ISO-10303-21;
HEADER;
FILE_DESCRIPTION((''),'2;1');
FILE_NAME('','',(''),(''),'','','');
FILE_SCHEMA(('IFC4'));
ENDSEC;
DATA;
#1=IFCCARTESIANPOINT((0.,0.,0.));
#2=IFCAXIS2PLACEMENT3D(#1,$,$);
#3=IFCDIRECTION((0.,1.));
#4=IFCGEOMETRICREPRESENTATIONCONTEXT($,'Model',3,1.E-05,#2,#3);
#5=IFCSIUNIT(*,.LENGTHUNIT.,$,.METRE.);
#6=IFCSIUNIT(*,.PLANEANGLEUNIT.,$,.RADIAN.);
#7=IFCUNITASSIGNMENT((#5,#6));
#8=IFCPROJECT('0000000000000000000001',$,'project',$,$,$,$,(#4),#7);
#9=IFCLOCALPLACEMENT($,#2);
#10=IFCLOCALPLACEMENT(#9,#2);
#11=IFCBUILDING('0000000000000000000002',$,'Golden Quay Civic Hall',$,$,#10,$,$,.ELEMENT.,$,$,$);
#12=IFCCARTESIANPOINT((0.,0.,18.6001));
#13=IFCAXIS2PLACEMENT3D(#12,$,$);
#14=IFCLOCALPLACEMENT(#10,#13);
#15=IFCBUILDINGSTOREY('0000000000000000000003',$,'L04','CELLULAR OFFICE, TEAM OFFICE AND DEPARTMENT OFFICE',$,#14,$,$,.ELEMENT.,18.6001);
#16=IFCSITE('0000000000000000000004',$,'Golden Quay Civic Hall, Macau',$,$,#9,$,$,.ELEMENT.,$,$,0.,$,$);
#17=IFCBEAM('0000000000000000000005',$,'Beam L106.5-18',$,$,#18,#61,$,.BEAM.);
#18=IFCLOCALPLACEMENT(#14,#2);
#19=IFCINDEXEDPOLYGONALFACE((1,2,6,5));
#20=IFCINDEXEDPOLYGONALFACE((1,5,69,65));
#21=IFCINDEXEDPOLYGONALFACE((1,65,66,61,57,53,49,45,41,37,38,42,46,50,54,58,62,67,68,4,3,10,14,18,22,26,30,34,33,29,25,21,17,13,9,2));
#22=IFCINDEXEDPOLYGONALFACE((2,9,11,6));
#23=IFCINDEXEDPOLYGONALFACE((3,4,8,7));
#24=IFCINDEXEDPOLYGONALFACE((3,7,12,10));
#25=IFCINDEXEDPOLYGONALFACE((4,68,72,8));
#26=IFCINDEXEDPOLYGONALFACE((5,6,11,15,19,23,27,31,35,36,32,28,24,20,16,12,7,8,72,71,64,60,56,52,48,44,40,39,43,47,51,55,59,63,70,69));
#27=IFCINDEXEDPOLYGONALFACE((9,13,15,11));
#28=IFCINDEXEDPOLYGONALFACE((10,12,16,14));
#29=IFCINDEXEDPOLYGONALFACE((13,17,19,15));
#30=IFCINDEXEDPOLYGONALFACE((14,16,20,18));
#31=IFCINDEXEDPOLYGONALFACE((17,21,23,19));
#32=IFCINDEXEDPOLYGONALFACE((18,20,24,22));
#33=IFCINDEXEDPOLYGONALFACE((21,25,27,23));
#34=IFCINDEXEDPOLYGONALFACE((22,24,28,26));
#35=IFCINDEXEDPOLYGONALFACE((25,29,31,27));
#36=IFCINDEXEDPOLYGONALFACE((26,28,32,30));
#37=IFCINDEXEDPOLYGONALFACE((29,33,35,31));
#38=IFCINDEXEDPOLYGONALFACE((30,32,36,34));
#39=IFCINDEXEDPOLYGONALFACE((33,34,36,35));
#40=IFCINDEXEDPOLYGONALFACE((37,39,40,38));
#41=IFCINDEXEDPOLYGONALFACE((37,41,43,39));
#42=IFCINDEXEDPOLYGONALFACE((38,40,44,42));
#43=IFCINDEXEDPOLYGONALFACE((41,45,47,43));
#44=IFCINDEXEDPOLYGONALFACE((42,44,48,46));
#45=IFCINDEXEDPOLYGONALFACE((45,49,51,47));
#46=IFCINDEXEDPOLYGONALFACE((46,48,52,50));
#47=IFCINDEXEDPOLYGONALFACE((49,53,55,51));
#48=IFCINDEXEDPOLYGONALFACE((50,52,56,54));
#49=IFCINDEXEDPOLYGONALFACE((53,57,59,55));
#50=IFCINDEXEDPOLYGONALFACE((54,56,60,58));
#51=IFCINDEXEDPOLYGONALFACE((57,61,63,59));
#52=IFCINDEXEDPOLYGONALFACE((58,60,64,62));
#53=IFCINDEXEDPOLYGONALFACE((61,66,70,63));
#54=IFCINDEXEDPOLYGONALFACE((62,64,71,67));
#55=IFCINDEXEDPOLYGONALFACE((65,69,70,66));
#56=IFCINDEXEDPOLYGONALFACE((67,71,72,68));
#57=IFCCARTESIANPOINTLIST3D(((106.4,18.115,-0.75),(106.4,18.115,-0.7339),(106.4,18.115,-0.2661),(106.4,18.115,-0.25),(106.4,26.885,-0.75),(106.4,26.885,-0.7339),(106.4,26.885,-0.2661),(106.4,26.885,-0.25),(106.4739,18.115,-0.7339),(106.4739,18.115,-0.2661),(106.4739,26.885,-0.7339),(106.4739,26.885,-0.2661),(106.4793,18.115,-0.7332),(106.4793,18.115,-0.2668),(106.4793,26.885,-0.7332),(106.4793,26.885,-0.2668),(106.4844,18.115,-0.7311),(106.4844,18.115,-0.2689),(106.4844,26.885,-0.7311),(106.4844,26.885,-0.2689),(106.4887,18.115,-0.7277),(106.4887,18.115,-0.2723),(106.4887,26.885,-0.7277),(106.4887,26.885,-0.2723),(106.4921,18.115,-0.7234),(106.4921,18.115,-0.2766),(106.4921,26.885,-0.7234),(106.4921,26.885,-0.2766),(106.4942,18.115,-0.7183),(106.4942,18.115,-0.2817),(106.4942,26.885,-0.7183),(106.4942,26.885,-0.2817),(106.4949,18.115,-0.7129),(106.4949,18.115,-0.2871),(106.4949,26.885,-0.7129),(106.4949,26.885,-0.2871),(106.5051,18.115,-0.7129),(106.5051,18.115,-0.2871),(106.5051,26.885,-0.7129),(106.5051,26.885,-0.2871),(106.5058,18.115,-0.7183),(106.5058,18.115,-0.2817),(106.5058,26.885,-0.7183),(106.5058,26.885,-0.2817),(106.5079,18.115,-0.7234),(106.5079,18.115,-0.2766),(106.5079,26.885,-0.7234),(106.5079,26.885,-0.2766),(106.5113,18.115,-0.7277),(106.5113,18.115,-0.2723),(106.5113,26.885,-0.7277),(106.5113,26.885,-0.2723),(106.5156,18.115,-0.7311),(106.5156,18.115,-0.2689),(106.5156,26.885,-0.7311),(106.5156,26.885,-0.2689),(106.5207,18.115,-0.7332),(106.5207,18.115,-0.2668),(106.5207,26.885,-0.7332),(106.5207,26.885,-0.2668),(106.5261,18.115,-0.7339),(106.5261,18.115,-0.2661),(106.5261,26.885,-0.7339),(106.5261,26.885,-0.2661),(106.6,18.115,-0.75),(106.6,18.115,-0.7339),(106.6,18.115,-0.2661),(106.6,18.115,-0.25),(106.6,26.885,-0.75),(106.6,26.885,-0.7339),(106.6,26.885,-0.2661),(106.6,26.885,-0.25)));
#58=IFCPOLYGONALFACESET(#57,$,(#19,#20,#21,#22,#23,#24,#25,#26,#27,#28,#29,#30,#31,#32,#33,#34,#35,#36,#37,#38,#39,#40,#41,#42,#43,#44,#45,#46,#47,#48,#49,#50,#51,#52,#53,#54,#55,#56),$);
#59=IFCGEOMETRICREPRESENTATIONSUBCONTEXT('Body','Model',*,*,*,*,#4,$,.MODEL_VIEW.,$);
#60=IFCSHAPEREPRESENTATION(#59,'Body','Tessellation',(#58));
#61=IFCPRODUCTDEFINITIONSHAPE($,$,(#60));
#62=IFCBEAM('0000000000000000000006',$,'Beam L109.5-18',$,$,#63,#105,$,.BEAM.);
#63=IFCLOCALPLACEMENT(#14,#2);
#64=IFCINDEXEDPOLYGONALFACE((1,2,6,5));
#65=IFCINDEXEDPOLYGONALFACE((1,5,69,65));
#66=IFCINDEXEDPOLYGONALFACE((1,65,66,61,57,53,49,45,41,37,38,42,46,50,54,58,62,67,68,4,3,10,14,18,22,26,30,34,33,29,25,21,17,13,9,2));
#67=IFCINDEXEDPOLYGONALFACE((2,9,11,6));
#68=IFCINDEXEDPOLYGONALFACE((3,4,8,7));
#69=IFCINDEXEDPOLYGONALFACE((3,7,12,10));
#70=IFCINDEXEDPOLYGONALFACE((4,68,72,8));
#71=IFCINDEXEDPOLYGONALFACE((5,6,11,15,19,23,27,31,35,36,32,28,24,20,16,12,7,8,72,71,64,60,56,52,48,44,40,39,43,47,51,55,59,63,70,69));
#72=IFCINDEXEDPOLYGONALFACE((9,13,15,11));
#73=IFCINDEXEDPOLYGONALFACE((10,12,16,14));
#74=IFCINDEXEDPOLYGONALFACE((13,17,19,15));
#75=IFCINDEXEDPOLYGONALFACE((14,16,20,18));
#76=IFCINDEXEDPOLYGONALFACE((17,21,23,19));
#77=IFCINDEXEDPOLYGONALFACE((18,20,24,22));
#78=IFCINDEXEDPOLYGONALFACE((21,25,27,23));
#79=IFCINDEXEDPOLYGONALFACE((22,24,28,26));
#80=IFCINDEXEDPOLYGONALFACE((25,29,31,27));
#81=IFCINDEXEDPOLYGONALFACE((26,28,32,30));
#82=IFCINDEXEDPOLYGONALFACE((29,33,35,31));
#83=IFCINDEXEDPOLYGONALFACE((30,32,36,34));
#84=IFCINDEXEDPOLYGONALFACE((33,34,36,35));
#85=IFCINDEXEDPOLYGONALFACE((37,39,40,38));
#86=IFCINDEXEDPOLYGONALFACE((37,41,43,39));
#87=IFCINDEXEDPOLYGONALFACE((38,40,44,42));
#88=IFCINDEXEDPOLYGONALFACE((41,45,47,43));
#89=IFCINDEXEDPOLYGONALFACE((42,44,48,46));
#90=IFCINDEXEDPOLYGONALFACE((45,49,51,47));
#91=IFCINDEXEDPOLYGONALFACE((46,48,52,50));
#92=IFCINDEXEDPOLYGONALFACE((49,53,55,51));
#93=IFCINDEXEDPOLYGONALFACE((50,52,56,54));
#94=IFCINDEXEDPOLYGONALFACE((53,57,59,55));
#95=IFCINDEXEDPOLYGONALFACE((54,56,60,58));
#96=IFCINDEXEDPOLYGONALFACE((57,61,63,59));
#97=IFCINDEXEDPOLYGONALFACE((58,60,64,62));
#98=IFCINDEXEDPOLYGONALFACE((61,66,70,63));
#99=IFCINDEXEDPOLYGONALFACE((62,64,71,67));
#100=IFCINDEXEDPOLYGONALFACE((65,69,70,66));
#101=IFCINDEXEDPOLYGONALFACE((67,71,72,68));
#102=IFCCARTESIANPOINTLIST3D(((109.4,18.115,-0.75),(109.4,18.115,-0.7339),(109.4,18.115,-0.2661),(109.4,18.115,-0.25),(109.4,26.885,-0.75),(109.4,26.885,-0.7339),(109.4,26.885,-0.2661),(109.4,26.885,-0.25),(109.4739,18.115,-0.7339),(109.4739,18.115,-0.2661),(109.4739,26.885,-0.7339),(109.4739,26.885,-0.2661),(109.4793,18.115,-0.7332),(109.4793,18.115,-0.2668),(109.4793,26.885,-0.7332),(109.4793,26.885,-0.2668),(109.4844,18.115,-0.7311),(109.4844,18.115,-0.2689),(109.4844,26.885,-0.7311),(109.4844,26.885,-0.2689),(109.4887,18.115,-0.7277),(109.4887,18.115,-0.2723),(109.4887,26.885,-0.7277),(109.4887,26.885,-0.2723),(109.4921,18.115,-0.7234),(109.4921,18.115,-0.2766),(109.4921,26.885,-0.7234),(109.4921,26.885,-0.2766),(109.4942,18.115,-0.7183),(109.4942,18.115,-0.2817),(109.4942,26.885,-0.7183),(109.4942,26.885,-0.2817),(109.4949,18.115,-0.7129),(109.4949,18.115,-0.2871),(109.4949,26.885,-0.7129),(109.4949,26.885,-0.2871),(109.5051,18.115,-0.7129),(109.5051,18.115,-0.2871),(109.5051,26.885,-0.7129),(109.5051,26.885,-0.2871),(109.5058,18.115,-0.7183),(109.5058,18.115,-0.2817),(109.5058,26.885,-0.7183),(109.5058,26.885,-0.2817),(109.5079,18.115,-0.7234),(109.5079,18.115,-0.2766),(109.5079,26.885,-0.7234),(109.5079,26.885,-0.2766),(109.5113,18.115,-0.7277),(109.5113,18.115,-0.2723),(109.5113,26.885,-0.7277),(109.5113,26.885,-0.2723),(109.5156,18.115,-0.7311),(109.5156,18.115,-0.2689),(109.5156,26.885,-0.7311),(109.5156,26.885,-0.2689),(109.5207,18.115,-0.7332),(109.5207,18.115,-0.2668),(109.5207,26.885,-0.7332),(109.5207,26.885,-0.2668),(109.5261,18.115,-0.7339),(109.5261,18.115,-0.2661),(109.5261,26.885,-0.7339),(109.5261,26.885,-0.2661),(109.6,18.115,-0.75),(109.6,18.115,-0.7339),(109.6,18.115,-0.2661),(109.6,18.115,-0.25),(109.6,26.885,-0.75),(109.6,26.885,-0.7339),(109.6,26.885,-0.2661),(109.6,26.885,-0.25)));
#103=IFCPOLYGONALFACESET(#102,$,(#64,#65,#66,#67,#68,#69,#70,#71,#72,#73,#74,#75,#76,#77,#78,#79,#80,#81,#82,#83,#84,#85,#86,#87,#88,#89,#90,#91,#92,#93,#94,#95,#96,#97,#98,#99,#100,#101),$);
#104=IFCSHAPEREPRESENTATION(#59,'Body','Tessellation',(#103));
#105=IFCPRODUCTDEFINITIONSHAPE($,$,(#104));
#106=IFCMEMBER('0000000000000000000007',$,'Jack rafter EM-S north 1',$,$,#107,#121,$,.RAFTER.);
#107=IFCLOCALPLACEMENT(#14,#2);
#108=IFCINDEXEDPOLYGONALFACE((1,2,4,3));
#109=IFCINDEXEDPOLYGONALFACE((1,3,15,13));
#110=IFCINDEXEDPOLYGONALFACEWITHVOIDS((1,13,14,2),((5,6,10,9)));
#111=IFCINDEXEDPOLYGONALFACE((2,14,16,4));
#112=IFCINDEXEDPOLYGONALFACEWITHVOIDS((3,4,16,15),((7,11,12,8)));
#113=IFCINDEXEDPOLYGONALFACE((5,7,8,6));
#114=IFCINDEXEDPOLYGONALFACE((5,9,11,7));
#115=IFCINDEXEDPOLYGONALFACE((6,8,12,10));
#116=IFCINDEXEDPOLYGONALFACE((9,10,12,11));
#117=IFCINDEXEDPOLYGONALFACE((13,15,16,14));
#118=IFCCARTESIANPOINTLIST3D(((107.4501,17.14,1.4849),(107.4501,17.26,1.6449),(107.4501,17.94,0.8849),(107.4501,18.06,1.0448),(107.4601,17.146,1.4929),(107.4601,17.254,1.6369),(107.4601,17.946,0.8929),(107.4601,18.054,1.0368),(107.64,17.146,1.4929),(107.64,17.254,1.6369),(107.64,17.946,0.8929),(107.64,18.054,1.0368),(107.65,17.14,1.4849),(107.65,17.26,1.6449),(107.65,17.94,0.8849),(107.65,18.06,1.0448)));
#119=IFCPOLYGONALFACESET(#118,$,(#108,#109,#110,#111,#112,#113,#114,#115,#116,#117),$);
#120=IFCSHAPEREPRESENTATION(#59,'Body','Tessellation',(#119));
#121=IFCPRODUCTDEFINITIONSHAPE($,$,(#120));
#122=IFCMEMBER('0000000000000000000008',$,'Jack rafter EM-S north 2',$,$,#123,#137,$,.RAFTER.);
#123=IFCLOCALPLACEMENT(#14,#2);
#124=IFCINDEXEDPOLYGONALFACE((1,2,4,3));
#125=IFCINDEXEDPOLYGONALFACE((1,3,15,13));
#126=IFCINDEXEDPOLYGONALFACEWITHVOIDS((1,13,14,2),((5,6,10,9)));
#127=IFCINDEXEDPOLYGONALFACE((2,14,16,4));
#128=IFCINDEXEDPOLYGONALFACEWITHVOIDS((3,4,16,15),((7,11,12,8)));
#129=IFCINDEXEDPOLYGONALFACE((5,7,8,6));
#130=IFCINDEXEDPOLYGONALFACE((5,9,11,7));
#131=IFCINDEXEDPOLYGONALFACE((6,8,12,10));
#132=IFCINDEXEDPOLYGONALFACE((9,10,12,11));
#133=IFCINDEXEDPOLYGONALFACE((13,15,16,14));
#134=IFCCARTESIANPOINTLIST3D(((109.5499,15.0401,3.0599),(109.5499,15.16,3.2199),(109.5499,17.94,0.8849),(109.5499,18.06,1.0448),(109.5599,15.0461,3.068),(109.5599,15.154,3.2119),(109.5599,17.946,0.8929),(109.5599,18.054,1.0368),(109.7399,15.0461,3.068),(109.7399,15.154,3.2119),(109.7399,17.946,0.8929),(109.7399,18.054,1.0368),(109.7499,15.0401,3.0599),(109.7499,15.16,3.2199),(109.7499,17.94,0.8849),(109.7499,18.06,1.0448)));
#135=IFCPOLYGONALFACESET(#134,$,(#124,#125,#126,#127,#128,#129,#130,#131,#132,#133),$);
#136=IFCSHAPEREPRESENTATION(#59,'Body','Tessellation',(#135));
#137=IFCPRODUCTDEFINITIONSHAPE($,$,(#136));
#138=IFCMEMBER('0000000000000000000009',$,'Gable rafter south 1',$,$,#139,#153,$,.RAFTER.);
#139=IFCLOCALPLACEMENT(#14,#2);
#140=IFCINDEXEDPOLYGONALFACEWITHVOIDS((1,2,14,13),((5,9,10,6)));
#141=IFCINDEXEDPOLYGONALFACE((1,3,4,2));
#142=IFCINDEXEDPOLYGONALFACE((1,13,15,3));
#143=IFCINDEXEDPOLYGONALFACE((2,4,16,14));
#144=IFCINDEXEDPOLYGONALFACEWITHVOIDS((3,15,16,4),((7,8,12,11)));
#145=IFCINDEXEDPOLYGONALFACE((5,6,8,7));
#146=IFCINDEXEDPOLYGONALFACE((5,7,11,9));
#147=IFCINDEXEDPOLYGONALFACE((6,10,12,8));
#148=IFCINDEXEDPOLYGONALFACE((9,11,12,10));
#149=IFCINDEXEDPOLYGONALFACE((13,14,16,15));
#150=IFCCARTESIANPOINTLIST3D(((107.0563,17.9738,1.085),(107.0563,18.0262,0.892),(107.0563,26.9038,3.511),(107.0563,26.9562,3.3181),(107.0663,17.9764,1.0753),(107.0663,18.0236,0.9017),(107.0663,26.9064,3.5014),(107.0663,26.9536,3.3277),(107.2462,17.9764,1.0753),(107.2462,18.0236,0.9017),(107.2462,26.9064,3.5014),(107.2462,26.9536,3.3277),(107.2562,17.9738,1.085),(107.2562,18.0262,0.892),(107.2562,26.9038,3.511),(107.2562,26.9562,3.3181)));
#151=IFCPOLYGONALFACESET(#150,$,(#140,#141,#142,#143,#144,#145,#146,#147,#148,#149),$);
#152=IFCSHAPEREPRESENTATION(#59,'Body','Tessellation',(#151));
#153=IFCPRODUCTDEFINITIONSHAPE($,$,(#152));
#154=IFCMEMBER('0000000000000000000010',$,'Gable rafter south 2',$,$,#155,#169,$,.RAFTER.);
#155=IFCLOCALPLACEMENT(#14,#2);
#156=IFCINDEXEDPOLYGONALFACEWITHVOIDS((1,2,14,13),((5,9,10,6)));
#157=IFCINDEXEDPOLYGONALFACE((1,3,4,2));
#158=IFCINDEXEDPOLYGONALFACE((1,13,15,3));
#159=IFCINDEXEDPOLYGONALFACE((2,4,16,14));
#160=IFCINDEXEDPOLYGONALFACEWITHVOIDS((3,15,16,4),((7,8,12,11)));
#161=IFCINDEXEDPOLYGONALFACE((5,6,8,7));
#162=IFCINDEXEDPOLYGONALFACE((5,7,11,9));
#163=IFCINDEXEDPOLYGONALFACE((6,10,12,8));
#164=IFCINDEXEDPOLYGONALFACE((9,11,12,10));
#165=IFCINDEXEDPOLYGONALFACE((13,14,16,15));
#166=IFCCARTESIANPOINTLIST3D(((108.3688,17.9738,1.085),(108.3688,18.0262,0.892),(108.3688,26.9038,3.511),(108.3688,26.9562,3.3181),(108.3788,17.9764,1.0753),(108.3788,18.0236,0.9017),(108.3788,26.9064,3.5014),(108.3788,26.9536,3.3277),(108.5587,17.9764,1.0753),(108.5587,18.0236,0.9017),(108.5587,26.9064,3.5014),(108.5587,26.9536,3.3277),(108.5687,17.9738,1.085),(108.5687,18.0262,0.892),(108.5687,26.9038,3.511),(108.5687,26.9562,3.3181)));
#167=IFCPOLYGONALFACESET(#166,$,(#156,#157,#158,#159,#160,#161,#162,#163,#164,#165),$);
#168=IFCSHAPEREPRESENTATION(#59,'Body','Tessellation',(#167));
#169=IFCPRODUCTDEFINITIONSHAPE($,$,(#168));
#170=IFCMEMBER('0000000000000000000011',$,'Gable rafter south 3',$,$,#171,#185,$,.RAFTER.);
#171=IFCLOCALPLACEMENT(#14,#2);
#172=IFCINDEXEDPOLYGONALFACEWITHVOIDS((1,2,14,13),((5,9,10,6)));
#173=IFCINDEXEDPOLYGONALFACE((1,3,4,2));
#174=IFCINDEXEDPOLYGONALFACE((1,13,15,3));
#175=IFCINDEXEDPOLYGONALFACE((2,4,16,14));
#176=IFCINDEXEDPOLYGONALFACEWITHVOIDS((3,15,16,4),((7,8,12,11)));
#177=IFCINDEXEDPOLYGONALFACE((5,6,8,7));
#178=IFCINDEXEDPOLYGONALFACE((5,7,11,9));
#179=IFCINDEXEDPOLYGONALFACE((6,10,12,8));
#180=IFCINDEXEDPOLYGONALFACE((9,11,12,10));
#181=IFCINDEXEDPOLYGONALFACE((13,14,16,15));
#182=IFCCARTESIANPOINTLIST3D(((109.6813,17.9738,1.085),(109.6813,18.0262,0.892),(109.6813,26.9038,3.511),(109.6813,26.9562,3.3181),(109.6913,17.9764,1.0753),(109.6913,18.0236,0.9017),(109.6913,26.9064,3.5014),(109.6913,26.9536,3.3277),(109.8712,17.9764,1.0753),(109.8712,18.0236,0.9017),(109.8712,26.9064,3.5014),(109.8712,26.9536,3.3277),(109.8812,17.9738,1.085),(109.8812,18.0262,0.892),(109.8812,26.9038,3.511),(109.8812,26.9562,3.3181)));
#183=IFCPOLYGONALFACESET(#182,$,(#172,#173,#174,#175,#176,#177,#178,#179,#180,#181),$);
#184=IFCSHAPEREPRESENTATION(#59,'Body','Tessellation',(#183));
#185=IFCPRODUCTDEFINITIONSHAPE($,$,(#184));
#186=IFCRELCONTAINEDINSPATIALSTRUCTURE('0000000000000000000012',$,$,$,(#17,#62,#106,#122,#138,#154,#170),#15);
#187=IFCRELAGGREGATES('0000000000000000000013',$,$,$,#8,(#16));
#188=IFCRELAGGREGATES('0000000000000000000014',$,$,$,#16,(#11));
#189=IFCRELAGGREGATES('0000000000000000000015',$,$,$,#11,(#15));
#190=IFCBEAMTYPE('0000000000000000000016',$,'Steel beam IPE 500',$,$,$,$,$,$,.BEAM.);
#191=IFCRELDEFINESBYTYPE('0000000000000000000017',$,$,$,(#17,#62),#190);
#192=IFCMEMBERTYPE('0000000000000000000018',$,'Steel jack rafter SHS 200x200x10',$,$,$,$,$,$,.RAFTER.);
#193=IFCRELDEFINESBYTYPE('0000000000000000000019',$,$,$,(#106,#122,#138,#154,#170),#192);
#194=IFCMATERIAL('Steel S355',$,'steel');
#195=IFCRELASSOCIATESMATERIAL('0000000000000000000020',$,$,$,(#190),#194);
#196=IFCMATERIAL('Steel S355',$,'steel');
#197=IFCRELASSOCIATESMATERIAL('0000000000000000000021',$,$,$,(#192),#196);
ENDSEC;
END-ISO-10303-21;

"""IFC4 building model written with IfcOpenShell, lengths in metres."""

from ifc_helpers import new_model, si_unit, direction, frame, origin, origin_2d, place, context, subcontext, project, spatial, hollow_rectangle, i_section, extrude, material, material_profile, profile_set, type_object, element, save


model = new_model("IFC4")

# Units and contexts
model_context = context("Model", 3, precision=1e-05, world=origin(), true_north=direction((0.0, 1.0)))
body_context = subcontext(model_context, "Body", "Model", "MODEL_VIEW")
ifc_project = project(units=[si_unit("LENGTHUNIT", "METRE"), si_unit("PLANEANGLEUNIT", "RADIAN")], contexts=[model_context])

# Site, building, storey
site_placement = place(None, origin())
site = spatial("IfcSite", under=ifc_project, at=site_placement, Name="Golden Quay Civic Hall, Macau", CompositionType="ELEMENT", RefElevation=0.0)
building_placement = place(site_placement, origin())
building = spatial("IfcBuilding", under=site, at=building_placement, Name="Golden Quay Civic Hall", CompositionType="ELEMENT")
storey_placement = place(building_placement, frame((0.0, 0.0, 18.6001)))
storey = spatial("IfcBuildingStorey", under=building, at=storey_placement, Name="L04", Description="CELLULAR OFFICE, TEAM OFFICE AND DEPARTMENT OFFICE", CompositionType="ELEMENT", Elevation=18.6001)

# Beams
ifc_material_1 = material(Name="Steel S355", Category="steel")
ifc_material_profile_1 = material_profile(ifc_material_1, i_section(OverallWidth=0.2, OverallDepth=0.5, WebThickness=0.0103, FlangeThickness=0.0161, FilletRadius=0.021, at=origin_2d()), Name="IPE 500")
ifc_profile_set_1 = profile_set([ifc_material_profile_1], Name="Steel S355")
beam_type_1 = type_object("IfcBeamType", Name="Steel beam IPE 500", PredefinedType="BEAM", material=ifc_profile_set_1)
for number, where, z_axis, x_axis, name in (
    (1, (106.5, 18.115, -0.5), (0.0, 1.0, 0.0), (-1.0, 0.0, 0.0), "Beam L106.5-18"),
    (2, (109.5, 18.115, -0.5), (0.0, 1.0, 0.0), (-1.0, 0.0, 0.0), "Beam L109.5-18"),
):
    element("IfcBeam", number, at=place(storey_placement, frame(where, z_axis=z_axis, x_axis=x_axis)), inside=storey, type_object=beam_type_1, Name=name, PredefinedType="BEAM", context=body_context, shape_type="SweptSolid", body=[
        extrude(i_section(OverallWidth=0.2, OverallDepth=0.5, WebThickness=0.0103, FlangeThickness=0.0161, FilletRadius=0.021, at=origin_2d()), origin(), (0.0, 0.0, 1.0), 8.77),
    ])

# Members
ifc_material_2 = material(Name="Steel S355", Category="steel")
ifc_material_profile_2 = material_profile(ifc_material_2, hollow_rectangle(XDim=0.2, YDim=0.2, WallThickness=0.01, at=origin_2d()), Name="SHS 200x200x10")
ifc_profile_set_2 = profile_set([ifc_material_profile_2], Name="Steel S355")
member_type_1 = type_object("IfcMemberType", Name="Steel jack rafter SHS 200x200x10", PredefinedType="RAFTER", material=ifc_profile_set_2)
member_1_placement = place(storey_placement, frame((107.55, 18.0, 0.9648), z_axis=(0.0, -0.799971, 0.600039), x_axis=(1.0, 0.0, 0.0)))
element("IfcMember", 3, at=member_1_placement, inside=storey, type_object=member_type_1, Name="Jack rafter EM-S north 1", PredefinedType="RAFTER", context=body_context, shape_type="SweptSolid", body=[
    extrude(hollow_rectangle(XDim=0.2, YDim=0.2, WallThickness=0.01, at=origin_2d()), origin(), (0.0, 0.0, 1.0), 1.0),
])
member_2_placement = place(storey_placement, frame((109.6499, 18.0, 0.9648), z_axis=(0.0, -0.799984, 0.600022), x_axis=(1.0, 0.0, 0.0)))
element("IfcMember", 4, at=member_2_placement, inside=storey, type_object=member_type_1, Name="Jack rafter EM-S north 2", PredefinedType="RAFTER", context=body_context, shape_type="SweptSolid", body=[
    extrude(hollow_rectangle(XDim=0.2, YDim=0.2, WallThickness=0.01, at=origin_2d()), origin(), (0.0, 0.0, 1.0), 3.625),
])
for number, where, z_axis, x_axis, name in (
    (5, (107.1562, 18.0, 0.9885), (0.0, 0.965022, 0.262171), (-1.0, 0.0, 0.0), "Gable rafter south 1"),
    (6, (108.4688, 18.0, 0.9885), (0.0, 0.965022, 0.262171), (-1.0, 0.0, 0.0), "Gable rafter south 2"),
    (7, (109.7812, 18.0, 0.9885), (0.0, 0.965022, 0.262171), (-1.0, 0.0, 0.0), "Gable rafter south 3"),
):
    element("IfcMember", number, at=place(storey_placement, frame(where, z_axis=z_axis, x_axis=x_axis)), inside=storey, type_object=member_type_1, Name=name, PredefinedType="RAFTER", context=body_context, shape_type="SweptSolid", body=[
        extrude(hollow_rectangle(XDim=0.2, YDim=0.2, WallThickness=0.01, at=origin_2d()), origin(), (0.0, 0.0, 1.0), 9.2537),
    ])

save(model, "model.ifc")
